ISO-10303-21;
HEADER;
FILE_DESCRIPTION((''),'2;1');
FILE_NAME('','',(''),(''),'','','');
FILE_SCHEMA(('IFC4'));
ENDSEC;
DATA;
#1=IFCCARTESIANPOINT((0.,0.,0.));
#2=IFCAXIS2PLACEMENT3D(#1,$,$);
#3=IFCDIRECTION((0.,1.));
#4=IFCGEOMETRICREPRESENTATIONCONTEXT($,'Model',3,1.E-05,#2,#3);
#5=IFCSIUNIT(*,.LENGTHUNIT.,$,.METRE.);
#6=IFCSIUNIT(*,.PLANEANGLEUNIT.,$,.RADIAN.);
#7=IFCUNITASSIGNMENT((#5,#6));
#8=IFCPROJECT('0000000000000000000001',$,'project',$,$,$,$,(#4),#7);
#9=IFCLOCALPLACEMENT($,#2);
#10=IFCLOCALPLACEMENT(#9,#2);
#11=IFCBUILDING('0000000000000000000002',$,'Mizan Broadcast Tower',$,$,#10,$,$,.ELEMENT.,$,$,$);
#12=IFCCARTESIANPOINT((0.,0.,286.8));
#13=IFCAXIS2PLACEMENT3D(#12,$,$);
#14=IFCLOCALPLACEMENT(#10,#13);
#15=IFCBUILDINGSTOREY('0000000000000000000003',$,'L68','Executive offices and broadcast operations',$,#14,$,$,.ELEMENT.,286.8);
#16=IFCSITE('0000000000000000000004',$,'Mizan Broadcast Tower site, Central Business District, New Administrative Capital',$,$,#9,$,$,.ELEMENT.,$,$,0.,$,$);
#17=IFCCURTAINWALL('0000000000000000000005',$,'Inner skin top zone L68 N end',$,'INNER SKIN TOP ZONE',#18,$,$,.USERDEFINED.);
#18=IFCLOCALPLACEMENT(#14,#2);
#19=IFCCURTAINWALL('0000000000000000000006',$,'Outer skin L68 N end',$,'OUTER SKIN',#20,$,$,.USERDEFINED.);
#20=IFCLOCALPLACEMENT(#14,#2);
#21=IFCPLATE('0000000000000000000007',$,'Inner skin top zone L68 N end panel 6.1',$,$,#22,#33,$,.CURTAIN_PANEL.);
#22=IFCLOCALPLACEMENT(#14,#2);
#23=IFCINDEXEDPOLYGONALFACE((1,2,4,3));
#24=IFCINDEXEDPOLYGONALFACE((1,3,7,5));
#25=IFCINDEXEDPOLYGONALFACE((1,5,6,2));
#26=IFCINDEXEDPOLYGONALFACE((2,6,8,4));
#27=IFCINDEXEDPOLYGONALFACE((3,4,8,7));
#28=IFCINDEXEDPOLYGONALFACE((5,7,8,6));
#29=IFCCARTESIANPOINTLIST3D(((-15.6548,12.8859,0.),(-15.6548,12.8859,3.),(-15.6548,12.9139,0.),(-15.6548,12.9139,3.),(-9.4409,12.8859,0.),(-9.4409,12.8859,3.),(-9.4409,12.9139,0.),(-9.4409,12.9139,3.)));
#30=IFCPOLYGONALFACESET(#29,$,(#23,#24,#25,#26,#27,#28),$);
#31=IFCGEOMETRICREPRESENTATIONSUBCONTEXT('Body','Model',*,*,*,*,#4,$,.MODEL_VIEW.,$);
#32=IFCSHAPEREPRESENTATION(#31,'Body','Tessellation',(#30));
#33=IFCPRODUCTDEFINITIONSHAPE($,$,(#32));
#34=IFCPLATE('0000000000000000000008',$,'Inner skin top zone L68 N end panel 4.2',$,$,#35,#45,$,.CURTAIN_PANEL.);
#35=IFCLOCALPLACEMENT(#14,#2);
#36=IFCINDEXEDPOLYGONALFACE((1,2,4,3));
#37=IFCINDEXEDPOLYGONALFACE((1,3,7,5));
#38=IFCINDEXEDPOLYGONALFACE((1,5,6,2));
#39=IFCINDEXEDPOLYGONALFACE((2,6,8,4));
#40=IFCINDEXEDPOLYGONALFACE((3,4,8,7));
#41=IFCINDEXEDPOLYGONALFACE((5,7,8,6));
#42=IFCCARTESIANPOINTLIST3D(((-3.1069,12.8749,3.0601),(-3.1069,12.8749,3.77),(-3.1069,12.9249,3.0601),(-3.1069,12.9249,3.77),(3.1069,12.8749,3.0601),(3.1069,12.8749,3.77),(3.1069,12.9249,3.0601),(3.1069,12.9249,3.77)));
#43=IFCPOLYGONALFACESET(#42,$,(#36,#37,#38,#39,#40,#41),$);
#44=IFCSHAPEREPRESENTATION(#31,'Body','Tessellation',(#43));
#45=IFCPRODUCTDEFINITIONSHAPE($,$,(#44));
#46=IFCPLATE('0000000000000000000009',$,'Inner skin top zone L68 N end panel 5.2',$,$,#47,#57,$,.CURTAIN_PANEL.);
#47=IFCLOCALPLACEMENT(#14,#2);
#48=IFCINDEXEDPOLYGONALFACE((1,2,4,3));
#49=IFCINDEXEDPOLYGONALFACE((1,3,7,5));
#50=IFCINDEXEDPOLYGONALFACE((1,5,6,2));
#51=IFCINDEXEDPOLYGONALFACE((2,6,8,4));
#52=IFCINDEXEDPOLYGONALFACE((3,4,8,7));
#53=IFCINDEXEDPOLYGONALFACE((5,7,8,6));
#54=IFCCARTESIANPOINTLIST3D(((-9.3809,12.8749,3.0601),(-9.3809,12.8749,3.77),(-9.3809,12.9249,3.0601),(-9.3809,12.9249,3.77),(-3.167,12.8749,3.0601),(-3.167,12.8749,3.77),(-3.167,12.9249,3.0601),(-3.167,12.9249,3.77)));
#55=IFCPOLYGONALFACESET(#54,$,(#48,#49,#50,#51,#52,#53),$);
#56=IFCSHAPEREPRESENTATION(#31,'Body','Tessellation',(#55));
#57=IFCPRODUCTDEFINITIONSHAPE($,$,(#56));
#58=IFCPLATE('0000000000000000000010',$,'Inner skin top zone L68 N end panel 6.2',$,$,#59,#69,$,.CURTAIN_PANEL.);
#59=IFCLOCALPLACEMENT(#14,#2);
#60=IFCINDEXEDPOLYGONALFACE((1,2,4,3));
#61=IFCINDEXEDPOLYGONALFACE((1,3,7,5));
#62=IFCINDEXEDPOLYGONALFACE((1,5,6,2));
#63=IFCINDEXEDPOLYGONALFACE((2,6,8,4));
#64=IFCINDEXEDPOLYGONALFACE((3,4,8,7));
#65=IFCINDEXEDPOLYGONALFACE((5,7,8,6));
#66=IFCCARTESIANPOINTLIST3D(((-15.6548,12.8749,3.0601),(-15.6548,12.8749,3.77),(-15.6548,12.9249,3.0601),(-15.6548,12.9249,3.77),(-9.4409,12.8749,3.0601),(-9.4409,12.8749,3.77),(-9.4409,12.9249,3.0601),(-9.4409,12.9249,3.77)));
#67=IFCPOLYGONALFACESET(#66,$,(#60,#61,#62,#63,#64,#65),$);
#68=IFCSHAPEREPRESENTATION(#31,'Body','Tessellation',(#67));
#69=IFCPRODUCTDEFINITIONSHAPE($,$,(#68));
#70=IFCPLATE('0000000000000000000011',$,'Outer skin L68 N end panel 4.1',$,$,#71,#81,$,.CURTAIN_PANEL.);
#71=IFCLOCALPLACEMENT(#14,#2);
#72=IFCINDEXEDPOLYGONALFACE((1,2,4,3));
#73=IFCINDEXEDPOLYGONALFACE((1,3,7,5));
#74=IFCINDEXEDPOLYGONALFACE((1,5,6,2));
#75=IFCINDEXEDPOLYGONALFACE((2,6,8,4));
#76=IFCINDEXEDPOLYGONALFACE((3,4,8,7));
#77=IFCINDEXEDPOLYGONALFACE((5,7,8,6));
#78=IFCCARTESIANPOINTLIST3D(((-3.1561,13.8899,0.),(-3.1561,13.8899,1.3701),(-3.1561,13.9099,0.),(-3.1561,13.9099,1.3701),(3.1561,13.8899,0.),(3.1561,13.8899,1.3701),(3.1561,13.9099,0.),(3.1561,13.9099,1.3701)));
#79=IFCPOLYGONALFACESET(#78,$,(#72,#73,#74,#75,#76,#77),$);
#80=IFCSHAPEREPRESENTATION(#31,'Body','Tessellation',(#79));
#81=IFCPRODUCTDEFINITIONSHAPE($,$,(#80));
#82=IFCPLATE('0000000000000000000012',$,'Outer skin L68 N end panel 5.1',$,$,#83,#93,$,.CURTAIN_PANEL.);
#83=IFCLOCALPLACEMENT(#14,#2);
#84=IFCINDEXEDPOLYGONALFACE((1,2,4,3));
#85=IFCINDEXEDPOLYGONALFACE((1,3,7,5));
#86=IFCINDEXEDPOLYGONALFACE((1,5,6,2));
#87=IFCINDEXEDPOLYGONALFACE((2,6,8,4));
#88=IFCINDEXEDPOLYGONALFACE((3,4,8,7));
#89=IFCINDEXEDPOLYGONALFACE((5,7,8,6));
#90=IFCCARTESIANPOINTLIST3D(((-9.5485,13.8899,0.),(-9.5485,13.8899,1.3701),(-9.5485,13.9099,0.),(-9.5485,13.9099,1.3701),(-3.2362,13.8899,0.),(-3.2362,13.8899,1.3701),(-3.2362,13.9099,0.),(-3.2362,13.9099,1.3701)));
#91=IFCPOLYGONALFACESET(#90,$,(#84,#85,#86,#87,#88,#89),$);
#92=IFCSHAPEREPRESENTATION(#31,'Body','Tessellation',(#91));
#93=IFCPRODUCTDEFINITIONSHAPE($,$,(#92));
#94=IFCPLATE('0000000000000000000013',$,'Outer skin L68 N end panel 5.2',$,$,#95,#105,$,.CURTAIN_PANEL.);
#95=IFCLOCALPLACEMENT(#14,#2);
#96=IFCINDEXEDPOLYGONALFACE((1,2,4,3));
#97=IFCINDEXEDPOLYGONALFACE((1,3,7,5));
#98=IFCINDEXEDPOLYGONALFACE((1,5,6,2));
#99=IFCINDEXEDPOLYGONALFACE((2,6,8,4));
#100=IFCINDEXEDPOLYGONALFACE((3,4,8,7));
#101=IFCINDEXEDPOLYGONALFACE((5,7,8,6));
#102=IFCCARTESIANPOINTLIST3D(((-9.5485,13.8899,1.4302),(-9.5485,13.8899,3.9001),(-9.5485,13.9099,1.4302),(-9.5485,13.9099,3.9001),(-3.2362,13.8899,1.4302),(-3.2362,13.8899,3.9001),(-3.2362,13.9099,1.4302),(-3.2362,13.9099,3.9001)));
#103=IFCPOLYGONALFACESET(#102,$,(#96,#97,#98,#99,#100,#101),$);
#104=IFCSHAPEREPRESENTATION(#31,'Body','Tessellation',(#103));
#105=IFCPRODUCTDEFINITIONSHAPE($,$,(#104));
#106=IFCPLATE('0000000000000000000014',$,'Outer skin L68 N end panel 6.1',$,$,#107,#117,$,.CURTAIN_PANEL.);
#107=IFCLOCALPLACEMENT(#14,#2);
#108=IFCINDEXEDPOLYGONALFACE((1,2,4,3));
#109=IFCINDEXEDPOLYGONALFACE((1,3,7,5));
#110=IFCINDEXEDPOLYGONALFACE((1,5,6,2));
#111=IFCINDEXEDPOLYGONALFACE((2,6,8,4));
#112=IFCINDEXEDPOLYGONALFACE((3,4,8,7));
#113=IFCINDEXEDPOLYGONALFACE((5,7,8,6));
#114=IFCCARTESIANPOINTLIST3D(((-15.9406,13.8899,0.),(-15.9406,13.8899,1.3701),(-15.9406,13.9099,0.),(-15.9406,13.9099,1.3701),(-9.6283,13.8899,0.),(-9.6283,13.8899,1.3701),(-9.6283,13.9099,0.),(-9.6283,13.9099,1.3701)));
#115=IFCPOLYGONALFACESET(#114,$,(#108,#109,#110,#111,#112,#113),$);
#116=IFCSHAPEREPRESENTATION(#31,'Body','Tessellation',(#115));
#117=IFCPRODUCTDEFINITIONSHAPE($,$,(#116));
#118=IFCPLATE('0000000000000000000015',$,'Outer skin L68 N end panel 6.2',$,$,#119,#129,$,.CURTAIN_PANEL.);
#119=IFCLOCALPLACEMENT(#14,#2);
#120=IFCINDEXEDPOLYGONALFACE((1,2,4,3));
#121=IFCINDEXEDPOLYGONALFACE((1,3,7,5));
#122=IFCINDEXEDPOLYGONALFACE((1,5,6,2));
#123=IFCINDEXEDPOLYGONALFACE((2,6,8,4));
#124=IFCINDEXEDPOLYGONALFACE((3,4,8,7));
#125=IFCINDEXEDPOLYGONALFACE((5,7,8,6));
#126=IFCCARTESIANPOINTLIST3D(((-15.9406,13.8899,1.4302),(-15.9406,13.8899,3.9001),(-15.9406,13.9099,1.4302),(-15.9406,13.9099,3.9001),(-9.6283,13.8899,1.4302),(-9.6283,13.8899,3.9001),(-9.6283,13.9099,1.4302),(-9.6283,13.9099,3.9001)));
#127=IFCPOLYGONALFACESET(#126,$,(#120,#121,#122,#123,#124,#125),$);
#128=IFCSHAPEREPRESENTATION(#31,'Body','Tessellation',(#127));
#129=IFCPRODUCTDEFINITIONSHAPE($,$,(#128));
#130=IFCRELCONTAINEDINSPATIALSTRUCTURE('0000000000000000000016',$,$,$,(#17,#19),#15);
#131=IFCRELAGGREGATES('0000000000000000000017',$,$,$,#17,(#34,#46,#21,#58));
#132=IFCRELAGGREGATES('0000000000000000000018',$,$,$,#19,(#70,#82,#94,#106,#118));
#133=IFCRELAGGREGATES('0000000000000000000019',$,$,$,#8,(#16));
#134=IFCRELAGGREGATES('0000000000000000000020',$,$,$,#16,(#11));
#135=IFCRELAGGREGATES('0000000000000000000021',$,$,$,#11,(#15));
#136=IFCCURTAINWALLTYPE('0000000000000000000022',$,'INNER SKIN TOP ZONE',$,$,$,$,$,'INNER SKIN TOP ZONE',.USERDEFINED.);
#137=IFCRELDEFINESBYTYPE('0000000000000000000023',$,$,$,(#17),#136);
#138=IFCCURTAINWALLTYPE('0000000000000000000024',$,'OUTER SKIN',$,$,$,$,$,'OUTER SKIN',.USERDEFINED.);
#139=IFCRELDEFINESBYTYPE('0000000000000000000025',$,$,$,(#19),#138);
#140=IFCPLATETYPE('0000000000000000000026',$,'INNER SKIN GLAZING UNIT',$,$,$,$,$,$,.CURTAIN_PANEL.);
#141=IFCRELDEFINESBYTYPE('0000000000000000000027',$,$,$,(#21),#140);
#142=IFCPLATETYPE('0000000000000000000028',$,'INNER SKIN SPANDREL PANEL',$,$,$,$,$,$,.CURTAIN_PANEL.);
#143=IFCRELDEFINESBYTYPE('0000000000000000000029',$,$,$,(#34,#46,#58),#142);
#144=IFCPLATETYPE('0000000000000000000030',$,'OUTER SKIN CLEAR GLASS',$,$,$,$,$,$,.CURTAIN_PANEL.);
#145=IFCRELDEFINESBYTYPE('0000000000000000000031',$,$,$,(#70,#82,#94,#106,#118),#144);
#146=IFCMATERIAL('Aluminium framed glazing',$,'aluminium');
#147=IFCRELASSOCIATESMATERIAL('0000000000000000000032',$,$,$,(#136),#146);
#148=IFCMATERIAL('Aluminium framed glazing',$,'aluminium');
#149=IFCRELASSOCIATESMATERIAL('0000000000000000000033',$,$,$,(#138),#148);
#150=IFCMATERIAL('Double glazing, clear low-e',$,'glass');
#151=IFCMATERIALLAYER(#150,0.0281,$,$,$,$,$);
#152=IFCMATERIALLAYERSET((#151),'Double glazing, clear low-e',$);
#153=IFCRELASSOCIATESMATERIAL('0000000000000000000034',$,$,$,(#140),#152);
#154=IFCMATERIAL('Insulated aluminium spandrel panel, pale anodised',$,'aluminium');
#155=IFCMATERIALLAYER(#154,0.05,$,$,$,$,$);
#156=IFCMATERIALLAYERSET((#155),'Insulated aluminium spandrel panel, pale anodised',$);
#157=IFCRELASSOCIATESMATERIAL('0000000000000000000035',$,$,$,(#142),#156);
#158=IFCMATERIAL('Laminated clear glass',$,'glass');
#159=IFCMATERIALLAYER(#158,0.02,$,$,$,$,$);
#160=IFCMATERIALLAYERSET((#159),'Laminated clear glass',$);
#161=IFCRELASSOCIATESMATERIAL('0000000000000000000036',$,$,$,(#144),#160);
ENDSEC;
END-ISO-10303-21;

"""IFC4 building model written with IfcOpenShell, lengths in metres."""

from ifc_helpers import new_model, si_unit, direction, frame, origin, origin_2d, place, context, subcontext, project, spatial, rectangle, extrude, material, layer, layer_set, type_object, element, aggregate, save


model = new_model("IFC4")

# Units and contexts
model_context = context("Model", 3, precision=1e-05, world=origin(), true_north=direction((0.0, 1.0)))
body_context = subcontext(model_context, "Body", "Model", "MODEL_VIEW")
ifc_project = project(units=[si_unit("LENGTHUNIT", "METRE"), si_unit("PLANEANGLEUNIT", "RADIAN")], contexts=[model_context])

# Site, building, storey
site_placement = place(None, origin())
site = spatial("IfcSite", under=ifc_project, at=site_placement, Name="Mizan Broadcast Tower site, Central Business District, New Administrative Capital", CompositionType="ELEMENT", RefElevation=0.0)
building_placement = place(site_placement, origin())
building = spatial("IfcBuilding", under=site, at=building_placement, Name="Mizan Broadcast Tower", CompositionType="ELEMENT")
storey_placement = place(building_placement, frame((0.0, 0.0, 286.8)))
storey = spatial("IfcBuildingStorey", under=building, at=storey_placement, Name="L68", Description="Executive offices and broadcast operations", CompositionType="ELEMENT", Elevation=286.8)

# Curtain walls
ifc_material_1 = material(Name="Aluminium framed glazing", Category="aluminium")
curtain_wall_type_1 = type_object("IfcCurtainWallType", Name="INNER SKIN TOP ZONE", ElementType="INNER SKIN TOP ZONE", PredefinedType="USERDEFINED", material=ifc_material_1)
curtain_wall_1_placement = place(storey_placement, origin())
curtain_wall_1 = element("IfcCurtainWall", 1, at=curtain_wall_1_placement, inside=storey, type_object=curtain_wall_type_1, Name="Inner skin top zone L68 N end", ObjectType="INNER SKIN TOP ZONE", PredefinedType="USERDEFINED")
ifc_material_2 = material(Name="Aluminium framed glazing", Category="aluminium")
curtain_wall_type_2 = type_object("IfcCurtainWallType", Name="OUTER SKIN", ElementType="OUTER SKIN", PredefinedType="USERDEFINED", material=ifc_material_2)
curtain_wall_2_placement = place(storey_placement, origin())
curtain_wall_2 = element("IfcCurtainWall", 2, at=curtain_wall_2_placement, inside=storey, type_object=curtain_wall_type_2, Name="Outer skin L68 N end", ObjectType="OUTER SKIN", PredefinedType="USERDEFINED")

# Plates
ifc_material_3 = material(Name="Double glazing, clear low-e", Category="glass")
ifc_layer_1 = layer(ifc_material_3, 0.0281)
ifc_layer_set_1 = layer_set([ifc_layer_1], Name="Double glazing, clear low-e")
plate_type_1 = type_object("IfcPlateType", Name="INNER SKIN GLAZING UNIT", PredefinedType="CURTAIN_PANEL", material=ifc_layer_set_1)
plate_1_placement = place(storey_placement, frame((-12.5479, 12.8999, 0.0), z_axis=(0.0, 0.0, 1.0), x_axis=(-1.0, 0.0, 0.0)))
plate_1 = element("IfcPlate", 3, at=plate_1_placement, type_object=plate_type_1, Name="Inner skin top zone L68 N end panel 6.1", PredefinedType="CURTAIN_PANEL", context=body_context, shape_type="SweptSolid", body=[
    extrude(rectangle(XDim=6.2139, YDim=0.0281, at=origin_2d()), origin(), (0.0, 0.0, 1.0), 3.0),
])
ifc_material_4 = material(Name="Insulated aluminium spandrel panel, pale anodised", Category="aluminium")
ifc_layer_2 = layer(ifc_material_4, 0.05)
ifc_layer_set_2 = layer_set([ifc_layer_2], Name="Insulated aluminium spandrel panel, pale anodised")
plate_type_2 = type_object("IfcPlateType", Name="INNER SKIN SPANDREL PANEL", PredefinedType="CURTAIN_PANEL", material=ifc_layer_set_2)
plate_2_placement = place(storey_placement, frame((0.0, 12.8999, 3.0601), z_axis=(0.0, 0.0, 1.0), x_axis=(-1.0, 0.0, 0.0)))
plate_2 = element("IfcPlate", 4, at=plate_2_placement, type_object=plate_type_2, Name="Inner skin top zone L68 N end panel 4.2", PredefinedType="CURTAIN_PANEL", context=body_context, shape_type="SweptSolid", body=[
    extrude(rectangle(XDim=6.2139, YDim=0.05, at=origin_2d()), origin(), (0.0, 0.0, 1.0), 0.71),
])
plate_3_placement = place(storey_placement, frame((-6.2739, 12.8999, 3.0601), z_axis=(0.0, 0.0, 1.0), x_axis=(-1.0, 0.0, 0.0)))
plate_3 = element("IfcPlate", 5, at=plate_3_placement, type_object=plate_type_2, Name="Inner skin top zone L68 N end panel 5.2", PredefinedType="CURTAIN_PANEL", context=body_context, shape_type="SweptSolid", body=[
    extrude(rectangle(XDim=6.2139, YDim=0.05, at=origin_2d()), origin(), (0.0, 0.0, 1.0), 0.71),
])
plate_4_placement = place(storey_placement, frame((-12.5479, 12.8999, 3.0601), z_axis=(0.0, 0.0, 1.0), x_axis=(-1.0, 0.0, 0.0)))
plate_4 = element("IfcPlate", 6, at=plate_4_placement, type_object=plate_type_2, Name="Inner skin top zone L68 N end panel 6.2", PredefinedType="CURTAIN_PANEL", context=body_context, shape_type="SweptSolid", body=[
    extrude(rectangle(XDim=6.2139, YDim=0.05, at=origin_2d()), origin(), (0.0, 0.0, 1.0), 0.71),
])
aggregate(curtain_wall_1, [plate_2, plate_3, plate_1, plate_4])
ifc_material_5 = material(Name="Laminated clear glass", Category="glass")
ifc_layer_3 = layer(ifc_material_5, 0.02)
ifc_layer_set_3 = layer_set([ifc_layer_3], Name="Laminated clear glass")
plate_type_3 = type_object("IfcPlateType", Name="OUTER SKIN CLEAR GLASS", PredefinedType="CURTAIN_PANEL", material=ifc_layer_set_3)
plate_5_placement = place(storey_placement, frame((0.0, 13.8999, 0.0), z_axis=(0.0, 0.0, 1.0), x_axis=(-1.0, 0.0, 0.0)))
plate_5 = element("IfcPlate", 7, at=plate_5_placement, type_object=plate_type_3, Name="Outer skin L68 N end panel 4.1", PredefinedType="CURTAIN_PANEL", context=body_context, shape_type="SweptSolid", body=[
    extrude(rectangle(XDim=6.3123, YDim=0.02, at=origin_2d()), origin(), (0.0, 0.0, 1.0), 1.3701),
])
plate_6_placement = place(storey_placement, frame((-6.3923, 13.8999, 0.0), z_axis=(0.0, 0.0, 1.0), x_axis=(-1.0, 0.0, 0.0)))
plate_6 = element("IfcPlate", 8, at=plate_6_placement, type_object=plate_type_3, Name="Outer skin L68 N end panel 5.1", PredefinedType="CURTAIN_PANEL", context=body_context, shape_type="SweptSolid", body=[
    extrude(rectangle(XDim=6.3123, YDim=0.02, at=origin_2d()), origin(), (0.0, 0.0, 1.0), 1.3701),
])
plate_7_placement = place(storey_placement, frame((-6.3923, 13.8999, 1.4302), z_axis=(0.0, 0.0, 1.0), x_axis=(-1.0, 0.0, 0.0)))
plate_7 = element("IfcPlate", 9, at=plate_7_placement, type_object=plate_type_3, Name="Outer skin L68 N end panel 5.2", PredefinedType="CURTAIN_PANEL", context=body_context, shape_type="SweptSolid", body=[
    extrude(rectangle(XDim=6.3123, YDim=0.02, at=origin_2d()), origin(), (0.0, 0.0, 1.0), 2.47),
])
plate_8_placement = place(storey_placement, frame((-12.7844, 13.8999, 0.0), z_axis=(0.0, 0.0, 1.0), x_axis=(-1.0, 0.0, 0.0)))
plate_8 = element("IfcPlate", 10, at=plate_8_placement, type_object=plate_type_3, Name="Outer skin L68 N end panel 6.1", PredefinedType="CURTAIN_PANEL", context=body_context, shape_type="SweptSolid", body=[
    extrude(rectangle(XDim=6.3123, YDim=0.02, at=origin_2d()), origin(), (0.0, 0.0, 1.0), 1.3701),
])
plate_9_placement = place(storey_placement, frame((-12.7844, 13.8999, 1.4302), z_axis=(0.0, 0.0, 1.0), x_axis=(-1.0, 0.0, 0.0)))
plate_9 = element("IfcPlate", 11, at=plate_9_placement, type_object=plate_type_3, Name="Outer skin L68 N end panel 6.2", PredefinedType="CURTAIN_PANEL", context=body_context, shape_type="SweptSolid", body=[
    extrude(rectangle(XDim=6.3123, YDim=0.02, at=origin_2d()), origin(), (0.0, 0.0, 1.0), 2.47),
])
aggregate(curtain_wall_2, [plate_5, plate_6, plate_7, plate_8, plate_9])

save(model, "model.ifc")
